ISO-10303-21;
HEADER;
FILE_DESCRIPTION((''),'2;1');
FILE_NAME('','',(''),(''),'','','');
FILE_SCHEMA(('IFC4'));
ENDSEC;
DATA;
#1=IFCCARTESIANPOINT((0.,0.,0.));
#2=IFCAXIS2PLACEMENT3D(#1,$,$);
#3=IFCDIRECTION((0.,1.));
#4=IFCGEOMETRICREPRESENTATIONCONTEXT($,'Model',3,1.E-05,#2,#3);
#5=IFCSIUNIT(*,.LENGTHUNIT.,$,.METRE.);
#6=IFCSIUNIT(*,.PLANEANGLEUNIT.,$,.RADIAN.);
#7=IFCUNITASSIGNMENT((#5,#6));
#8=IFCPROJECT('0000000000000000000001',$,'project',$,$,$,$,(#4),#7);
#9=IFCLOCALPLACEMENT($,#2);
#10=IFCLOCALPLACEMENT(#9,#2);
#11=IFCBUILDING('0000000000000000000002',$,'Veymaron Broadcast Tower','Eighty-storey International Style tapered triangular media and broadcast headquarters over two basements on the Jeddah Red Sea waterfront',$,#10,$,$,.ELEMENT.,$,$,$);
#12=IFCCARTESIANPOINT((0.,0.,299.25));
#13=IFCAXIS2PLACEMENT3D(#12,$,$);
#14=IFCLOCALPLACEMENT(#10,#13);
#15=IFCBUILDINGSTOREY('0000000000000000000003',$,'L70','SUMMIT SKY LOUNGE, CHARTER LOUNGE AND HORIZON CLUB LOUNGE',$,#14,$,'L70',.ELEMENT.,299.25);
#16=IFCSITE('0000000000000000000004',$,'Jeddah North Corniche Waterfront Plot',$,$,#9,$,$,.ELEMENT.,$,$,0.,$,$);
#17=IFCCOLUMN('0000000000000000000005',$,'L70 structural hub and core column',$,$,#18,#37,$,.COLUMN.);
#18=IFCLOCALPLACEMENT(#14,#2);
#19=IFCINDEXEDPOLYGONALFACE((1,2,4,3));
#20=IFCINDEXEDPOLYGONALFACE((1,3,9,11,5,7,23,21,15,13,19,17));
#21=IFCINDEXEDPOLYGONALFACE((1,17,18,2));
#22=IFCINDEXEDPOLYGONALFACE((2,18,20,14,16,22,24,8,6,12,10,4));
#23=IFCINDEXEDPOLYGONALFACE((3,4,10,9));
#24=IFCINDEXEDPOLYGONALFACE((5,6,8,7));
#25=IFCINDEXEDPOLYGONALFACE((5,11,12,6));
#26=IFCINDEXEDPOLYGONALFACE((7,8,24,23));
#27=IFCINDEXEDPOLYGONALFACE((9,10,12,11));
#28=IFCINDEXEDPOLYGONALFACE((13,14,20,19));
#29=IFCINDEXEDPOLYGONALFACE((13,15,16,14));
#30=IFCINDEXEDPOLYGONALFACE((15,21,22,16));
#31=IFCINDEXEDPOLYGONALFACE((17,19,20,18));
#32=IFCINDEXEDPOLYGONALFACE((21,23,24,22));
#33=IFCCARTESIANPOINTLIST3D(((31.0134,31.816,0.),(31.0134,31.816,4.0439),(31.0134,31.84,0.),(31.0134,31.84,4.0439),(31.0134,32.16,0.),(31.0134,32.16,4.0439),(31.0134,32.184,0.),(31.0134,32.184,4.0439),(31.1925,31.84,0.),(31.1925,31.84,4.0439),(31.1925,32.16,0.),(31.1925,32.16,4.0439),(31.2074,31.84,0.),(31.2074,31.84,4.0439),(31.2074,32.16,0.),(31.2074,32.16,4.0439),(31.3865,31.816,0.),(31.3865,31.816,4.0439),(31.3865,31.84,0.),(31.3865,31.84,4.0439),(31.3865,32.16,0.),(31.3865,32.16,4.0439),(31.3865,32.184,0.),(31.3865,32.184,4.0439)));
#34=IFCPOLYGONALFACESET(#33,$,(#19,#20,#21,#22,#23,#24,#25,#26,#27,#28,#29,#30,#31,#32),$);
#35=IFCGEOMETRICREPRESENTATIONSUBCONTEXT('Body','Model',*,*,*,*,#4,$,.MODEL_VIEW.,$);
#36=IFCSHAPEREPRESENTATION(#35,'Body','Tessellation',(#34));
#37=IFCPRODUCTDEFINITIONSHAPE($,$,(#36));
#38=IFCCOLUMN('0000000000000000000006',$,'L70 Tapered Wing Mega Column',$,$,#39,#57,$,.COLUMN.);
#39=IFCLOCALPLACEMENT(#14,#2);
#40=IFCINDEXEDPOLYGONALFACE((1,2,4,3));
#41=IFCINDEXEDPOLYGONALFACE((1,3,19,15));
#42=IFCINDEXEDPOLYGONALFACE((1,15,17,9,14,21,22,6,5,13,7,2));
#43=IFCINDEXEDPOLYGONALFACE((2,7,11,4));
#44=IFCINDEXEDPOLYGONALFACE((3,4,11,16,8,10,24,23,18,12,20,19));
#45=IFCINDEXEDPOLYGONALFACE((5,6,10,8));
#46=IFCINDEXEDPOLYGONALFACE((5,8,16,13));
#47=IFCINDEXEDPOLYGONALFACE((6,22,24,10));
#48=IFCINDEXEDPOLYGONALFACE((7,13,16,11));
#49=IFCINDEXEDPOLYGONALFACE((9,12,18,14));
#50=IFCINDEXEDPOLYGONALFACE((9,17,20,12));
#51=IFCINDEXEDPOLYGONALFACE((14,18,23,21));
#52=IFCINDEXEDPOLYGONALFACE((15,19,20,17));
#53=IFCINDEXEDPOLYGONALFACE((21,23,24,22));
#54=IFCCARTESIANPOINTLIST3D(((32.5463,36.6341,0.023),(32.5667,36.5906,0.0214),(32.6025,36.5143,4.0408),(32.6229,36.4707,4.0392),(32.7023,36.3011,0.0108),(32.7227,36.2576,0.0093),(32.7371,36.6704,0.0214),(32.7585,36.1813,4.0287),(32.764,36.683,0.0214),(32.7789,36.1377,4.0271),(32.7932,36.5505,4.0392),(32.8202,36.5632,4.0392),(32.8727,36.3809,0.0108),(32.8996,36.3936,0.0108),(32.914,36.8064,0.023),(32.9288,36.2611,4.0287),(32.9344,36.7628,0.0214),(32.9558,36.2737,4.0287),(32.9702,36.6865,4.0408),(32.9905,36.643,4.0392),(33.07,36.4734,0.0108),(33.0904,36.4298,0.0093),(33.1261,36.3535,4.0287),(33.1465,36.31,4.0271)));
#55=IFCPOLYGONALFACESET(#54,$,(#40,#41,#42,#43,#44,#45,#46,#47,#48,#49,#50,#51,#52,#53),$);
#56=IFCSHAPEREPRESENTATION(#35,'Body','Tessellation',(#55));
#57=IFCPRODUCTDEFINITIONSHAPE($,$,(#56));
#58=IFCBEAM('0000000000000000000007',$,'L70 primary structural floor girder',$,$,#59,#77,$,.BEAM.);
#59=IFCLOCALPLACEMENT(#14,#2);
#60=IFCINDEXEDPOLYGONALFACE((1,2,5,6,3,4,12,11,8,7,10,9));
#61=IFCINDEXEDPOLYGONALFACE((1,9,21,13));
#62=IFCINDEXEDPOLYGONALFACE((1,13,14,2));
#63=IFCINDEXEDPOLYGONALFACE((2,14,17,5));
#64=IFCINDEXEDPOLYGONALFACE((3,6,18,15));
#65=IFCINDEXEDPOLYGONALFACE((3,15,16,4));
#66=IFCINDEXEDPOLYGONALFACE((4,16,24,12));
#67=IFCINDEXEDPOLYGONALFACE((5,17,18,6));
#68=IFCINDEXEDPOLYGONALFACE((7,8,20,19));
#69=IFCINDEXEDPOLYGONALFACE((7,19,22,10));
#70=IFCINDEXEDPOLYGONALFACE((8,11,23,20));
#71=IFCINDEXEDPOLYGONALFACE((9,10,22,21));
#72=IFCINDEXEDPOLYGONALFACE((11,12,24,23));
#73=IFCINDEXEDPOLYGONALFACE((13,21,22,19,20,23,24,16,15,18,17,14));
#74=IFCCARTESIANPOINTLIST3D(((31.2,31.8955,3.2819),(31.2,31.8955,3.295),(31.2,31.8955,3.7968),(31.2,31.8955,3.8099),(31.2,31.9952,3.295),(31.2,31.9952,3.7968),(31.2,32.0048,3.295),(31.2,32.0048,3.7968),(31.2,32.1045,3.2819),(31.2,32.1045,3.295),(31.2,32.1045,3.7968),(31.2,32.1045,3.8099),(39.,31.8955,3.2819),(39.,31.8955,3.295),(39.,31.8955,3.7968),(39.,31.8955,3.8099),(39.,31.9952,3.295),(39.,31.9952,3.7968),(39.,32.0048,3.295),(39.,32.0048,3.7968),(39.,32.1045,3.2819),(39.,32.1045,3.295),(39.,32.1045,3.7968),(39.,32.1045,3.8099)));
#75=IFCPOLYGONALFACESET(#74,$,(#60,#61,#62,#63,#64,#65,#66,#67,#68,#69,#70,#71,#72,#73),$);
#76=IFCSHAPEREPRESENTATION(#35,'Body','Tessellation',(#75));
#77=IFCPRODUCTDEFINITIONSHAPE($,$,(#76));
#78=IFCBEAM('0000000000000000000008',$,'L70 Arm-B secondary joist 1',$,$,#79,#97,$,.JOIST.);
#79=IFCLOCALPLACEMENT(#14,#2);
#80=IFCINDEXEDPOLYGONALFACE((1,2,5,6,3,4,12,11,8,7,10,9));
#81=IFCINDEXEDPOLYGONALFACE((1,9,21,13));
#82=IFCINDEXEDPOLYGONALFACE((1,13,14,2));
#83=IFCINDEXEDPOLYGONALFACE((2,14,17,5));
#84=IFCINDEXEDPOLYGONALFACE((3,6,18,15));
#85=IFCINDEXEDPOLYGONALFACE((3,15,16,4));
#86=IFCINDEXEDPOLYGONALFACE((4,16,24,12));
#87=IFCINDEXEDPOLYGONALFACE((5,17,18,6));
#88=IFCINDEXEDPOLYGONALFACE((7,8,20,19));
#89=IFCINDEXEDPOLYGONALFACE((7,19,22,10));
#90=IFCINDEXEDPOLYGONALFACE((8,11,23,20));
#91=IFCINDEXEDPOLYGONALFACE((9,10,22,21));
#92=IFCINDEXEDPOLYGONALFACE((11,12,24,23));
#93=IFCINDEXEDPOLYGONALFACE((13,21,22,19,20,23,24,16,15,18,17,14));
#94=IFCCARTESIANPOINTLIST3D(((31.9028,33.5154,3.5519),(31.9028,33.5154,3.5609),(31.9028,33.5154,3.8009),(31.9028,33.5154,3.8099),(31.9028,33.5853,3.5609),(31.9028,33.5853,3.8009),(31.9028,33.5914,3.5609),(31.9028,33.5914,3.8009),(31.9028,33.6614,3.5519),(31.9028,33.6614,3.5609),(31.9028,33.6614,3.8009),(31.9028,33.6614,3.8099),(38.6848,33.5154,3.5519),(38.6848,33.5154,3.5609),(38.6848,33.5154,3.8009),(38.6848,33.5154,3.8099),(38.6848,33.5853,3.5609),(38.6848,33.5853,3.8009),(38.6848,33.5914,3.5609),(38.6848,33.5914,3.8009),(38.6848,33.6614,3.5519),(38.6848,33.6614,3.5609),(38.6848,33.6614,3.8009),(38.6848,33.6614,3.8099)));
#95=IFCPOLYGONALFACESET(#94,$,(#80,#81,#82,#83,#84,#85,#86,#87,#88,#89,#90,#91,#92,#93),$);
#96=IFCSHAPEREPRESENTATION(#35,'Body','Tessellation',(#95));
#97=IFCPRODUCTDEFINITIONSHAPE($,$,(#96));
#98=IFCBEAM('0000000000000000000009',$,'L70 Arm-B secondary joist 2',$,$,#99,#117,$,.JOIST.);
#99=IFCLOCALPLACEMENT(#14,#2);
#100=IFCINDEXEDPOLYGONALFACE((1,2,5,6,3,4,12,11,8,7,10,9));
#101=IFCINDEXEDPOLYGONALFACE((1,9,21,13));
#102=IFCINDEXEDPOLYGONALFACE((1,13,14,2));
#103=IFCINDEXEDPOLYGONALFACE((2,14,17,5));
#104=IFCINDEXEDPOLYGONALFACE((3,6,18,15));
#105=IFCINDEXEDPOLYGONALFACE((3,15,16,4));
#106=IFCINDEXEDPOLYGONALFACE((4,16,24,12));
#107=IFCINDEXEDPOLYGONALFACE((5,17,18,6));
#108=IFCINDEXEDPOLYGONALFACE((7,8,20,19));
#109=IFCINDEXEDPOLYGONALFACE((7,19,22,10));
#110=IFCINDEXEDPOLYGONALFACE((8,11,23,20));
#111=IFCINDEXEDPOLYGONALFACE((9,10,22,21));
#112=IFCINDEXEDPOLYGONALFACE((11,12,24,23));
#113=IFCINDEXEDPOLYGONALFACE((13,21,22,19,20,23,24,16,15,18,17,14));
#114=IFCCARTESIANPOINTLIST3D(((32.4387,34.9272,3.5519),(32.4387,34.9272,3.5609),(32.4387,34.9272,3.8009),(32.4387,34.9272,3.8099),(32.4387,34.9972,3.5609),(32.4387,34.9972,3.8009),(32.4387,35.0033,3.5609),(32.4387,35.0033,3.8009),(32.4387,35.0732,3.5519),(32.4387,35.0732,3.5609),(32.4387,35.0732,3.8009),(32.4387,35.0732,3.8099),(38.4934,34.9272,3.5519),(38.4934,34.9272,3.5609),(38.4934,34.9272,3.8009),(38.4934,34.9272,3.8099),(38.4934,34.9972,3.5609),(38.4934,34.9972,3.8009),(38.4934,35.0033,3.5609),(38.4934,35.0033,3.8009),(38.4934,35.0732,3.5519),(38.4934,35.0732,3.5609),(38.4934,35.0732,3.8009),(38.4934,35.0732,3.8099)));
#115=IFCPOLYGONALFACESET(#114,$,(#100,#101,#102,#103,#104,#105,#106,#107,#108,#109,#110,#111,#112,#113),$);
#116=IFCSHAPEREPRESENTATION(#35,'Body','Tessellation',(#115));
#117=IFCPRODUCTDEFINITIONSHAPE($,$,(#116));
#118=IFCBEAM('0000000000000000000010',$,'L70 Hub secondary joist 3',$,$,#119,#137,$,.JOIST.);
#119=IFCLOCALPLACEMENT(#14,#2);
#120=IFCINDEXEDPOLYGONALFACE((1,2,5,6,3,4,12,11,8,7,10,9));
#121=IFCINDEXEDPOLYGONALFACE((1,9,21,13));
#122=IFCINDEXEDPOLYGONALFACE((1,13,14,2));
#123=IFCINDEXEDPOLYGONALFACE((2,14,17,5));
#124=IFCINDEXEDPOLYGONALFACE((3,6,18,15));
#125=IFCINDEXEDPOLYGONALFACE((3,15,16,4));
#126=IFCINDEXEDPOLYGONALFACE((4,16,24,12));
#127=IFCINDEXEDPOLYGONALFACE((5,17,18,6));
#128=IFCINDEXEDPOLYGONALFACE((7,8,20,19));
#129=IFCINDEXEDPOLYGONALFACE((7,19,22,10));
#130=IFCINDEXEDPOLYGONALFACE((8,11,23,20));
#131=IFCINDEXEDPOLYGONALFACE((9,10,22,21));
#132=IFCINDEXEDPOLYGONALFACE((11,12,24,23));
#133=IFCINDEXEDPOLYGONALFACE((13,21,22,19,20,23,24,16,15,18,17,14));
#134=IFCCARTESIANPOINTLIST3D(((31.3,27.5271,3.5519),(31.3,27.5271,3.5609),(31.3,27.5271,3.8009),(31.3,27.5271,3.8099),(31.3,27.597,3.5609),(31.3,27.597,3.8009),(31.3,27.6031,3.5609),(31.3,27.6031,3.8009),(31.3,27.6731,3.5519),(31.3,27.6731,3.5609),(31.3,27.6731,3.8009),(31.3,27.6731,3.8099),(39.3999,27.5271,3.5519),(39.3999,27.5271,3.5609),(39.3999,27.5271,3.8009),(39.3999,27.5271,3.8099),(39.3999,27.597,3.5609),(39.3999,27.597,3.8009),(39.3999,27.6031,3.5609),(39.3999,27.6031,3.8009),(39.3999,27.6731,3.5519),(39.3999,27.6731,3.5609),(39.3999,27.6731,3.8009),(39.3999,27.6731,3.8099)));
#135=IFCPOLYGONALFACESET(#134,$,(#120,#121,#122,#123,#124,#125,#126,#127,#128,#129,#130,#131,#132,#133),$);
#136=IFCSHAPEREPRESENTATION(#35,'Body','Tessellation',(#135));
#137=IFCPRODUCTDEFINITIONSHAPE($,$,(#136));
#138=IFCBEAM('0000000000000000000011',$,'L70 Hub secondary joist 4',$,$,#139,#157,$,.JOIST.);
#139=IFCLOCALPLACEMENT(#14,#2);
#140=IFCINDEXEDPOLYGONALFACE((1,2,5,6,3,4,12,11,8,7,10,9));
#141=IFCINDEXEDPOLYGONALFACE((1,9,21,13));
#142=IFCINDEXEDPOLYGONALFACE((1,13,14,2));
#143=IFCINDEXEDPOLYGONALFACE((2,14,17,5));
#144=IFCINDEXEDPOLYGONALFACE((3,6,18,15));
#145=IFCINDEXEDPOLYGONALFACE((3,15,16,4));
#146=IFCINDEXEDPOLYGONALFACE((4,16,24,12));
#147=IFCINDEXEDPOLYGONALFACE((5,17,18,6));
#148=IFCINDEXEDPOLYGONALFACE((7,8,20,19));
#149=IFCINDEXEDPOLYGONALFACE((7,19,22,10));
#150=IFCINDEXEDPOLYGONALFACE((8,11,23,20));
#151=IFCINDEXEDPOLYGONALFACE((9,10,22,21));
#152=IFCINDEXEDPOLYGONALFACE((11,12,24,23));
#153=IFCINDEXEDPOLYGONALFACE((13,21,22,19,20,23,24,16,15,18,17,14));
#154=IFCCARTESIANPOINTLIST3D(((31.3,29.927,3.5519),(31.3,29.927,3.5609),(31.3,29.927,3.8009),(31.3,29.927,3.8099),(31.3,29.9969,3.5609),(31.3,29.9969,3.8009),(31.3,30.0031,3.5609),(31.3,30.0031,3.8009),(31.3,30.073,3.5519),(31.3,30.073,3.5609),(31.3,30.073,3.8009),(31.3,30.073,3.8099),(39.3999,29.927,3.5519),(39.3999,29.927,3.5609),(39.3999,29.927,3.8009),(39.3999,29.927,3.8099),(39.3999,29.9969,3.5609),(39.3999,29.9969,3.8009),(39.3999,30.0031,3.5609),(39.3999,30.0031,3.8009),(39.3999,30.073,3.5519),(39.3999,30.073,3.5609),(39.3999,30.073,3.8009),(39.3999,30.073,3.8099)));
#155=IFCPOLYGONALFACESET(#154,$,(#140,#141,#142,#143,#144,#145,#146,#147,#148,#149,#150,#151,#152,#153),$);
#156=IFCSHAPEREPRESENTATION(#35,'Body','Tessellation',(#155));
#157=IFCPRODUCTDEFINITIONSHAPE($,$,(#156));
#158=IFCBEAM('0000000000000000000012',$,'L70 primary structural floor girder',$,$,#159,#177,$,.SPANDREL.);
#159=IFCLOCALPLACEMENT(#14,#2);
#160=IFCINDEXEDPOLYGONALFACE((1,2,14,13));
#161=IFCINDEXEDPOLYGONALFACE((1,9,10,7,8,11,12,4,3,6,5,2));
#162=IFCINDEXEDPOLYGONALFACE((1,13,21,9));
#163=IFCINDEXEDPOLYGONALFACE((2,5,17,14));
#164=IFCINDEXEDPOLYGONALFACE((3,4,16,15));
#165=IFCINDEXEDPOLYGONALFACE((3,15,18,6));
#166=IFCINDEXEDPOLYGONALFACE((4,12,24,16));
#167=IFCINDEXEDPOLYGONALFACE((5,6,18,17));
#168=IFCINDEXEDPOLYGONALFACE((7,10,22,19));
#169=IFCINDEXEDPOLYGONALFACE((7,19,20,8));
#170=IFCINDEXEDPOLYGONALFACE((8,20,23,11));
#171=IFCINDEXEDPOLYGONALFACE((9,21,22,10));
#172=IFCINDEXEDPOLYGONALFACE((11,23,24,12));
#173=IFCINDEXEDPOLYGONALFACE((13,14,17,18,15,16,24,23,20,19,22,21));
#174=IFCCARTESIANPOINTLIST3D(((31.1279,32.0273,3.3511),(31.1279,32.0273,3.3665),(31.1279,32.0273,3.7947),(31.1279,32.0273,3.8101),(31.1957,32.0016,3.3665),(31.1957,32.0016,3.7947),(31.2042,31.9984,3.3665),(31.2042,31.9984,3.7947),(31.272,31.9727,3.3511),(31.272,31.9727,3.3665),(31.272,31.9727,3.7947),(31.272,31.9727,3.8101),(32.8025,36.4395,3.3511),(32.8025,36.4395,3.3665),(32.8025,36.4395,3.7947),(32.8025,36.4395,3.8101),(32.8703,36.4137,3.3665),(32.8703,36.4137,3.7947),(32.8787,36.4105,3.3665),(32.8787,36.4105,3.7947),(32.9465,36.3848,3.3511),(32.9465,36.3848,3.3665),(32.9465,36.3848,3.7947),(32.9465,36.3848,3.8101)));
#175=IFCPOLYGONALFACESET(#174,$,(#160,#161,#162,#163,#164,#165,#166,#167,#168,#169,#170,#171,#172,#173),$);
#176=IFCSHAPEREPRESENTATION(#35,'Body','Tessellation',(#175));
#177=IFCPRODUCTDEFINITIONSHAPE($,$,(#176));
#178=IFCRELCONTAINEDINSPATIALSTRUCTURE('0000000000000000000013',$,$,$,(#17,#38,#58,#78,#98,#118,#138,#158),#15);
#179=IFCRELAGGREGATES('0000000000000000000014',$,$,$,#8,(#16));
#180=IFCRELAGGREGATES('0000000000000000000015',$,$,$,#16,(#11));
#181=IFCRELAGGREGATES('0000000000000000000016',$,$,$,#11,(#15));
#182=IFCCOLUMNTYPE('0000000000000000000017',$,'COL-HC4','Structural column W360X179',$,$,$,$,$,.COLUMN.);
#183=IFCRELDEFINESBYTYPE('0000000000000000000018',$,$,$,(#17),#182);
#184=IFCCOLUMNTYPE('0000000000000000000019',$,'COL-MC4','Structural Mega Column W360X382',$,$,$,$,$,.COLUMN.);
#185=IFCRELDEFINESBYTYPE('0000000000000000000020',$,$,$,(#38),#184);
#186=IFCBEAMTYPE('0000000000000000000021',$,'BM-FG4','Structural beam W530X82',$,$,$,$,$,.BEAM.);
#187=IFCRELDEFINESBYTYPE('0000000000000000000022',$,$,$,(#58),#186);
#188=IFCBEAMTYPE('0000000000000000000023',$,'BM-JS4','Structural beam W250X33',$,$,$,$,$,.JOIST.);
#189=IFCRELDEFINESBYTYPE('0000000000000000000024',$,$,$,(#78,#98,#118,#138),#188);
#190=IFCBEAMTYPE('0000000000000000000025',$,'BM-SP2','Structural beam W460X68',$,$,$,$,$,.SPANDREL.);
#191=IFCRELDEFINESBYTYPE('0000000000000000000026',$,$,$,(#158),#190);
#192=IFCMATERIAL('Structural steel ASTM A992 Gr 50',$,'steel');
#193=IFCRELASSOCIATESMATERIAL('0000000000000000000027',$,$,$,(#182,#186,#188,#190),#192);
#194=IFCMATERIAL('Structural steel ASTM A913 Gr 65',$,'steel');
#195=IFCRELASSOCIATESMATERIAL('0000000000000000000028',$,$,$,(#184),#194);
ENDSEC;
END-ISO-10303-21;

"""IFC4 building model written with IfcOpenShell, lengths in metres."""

from ifc_helpers import new_model, si_unit, direction, frame, origin, origin_2d, place, context, subcontext, project, spatial, i_section, extrude, material, material_profile, profile_set, type_object, element, save


model = new_model("IFC4")

# Units and contexts
model_context = context("Model", 3, precision=1e-05, world=origin(), true_north=direction((0.0, 1.0)))
body_context = subcontext(model_context, "Body", "Model", "MODEL_VIEW")
ifc_project = project(units=[si_unit("LENGTHUNIT", "METRE"), si_unit("PLANEANGLEUNIT", "RADIAN")], contexts=[model_context])

# Site, building, storey
site_placement = place(None, origin())
site = spatial("IfcSite", under=ifc_project, at=site_placement, Name="Jeddah North Corniche Waterfront Plot", CompositionType="ELEMENT", RefElevation=0.0)
building_placement = place(site_placement, origin())
building = spatial("IfcBuilding", under=site, at=building_placement, Name="Veymaron Broadcast Tower", Description="Eighty-storey International Style tapered triangular media and broadcast headquarters over two basements on the Jeddah Red Sea waterfront", CompositionType="ELEMENT")
storey_placement = place(building_placement, frame((0.0, 0.0, 299.25)))
storey = spatial("IfcBuildingStorey", under=building, at=storey_placement, Name="L70", Description="SUMMIT SKY LOUNGE, CHARTER LOUNGE AND HORIZON CLUB LOUNGE", LongName="L70", CompositionType="ELEMENT", Elevation=299.25)

# Columns
ifc_material_1 = material(Name="Structural steel ASTM A992 Gr 50", Category="steel")
ifc_material_profile_1 = material_profile(ifc_material_1, i_section(OverallWidth=0.373, OverallDepth=0.3679, WebThickness=0.0149, FlangeThickness=0.0239, at=origin_2d()), Name="W360X179")
ifc_profile_set_1 = profile_set([ifc_material_profile_1], Name="Structural steel ASTM A992 Gr 50")
column_type_1 = type_object("IfcColumnType", Name="COL-HC4", Description="Structural column W360X179", PredefinedType="COLUMN", material=ifc_profile_set_1)
column_1_placement = place(storey_placement, frame((31.2, 32.0, 0.0), z_axis=(0.0, 0.0, 1.0), x_axis=(1.0, 0.0, 0.0)))
element("IfcColumn", 1, at=column_1_placement, inside=storey, type_object=column_type_1, Name="L70 structural hub and core column", PredefinedType="COLUMN", context=body_context, shape_type="SweptSolid", body=[
    extrude(i_section(OverallWidth=0.373, OverallDepth=0.3679, WebThickness=0.0149, FlangeThickness=0.0239, at=origin_2d()), origin(), (0.0, 0.0, 1.0), 4.0439),
])
ifc_material_2 = material(Name="Structural steel ASTM A913 Gr 65", Category="steel")
ifc_material_profile_2 = material_profile(ifc_material_2, i_section(OverallWidth=0.406, OverallDepth=0.416, WebThickness=0.0298, FlangeThickness=0.0481, at=origin_2d()), Name="W360X382")
ifc_profile_set_2 = profile_set([ifc_material_profile_2], Name="Structural steel ASTM A913 Gr 65")
column_type_2 = type_object("IfcColumnType", Name="COL-MC4", Description="Structural Mega Column W360X382", PredefinedType="COLUMN", material=ifc_profile_set_2)
column_2_placement = place(storey_placement, frame((32.8184, 36.532, 0.0161), z_axis=(0.013968, -0.029819, 0.999458), x_axis=(0.90557, 0.424198, 0.0)))
element("IfcColumn", 2, at=column_2_placement, inside=storey, type_object=column_type_2, Name="L70 Tapered Wing Mega Column", PredefinedType="COLUMN", context=body_context, shape_type="SweptSolid", body=[
    extrude(i_section(OverallWidth=0.406, OverallDepth=0.416, WebThickness=0.0298, FlangeThickness=0.0481, at=origin_2d()), origin(), (0.0, 0.0, 1.0), 4.02),
])

# Beams
ifc_material_profile_3 = material_profile(ifc_material_1, i_section(OverallWidth=0.209, OverallDepth=0.5281, WebThickness=0.0095, FlangeThickness=0.0132, at=origin_2d()), Name="W530X82")
ifc_profile_set_3 = profile_set([ifc_material_profile_3], Name="Structural steel ASTM A992 Gr 50")
beam_type_1 = type_object("IfcBeamType", Name="BM-FG4", Description="Structural beam W530X82", PredefinedType="BEAM", material=ifc_profile_set_3)
beam_1_placement = place(storey_placement, frame((31.2, 32.0, 3.5459), z_axis=(1.0, 0.0, 0.0), x_axis=(0.0, 1.0, 0.0)))
element("IfcBeam", 3, at=beam_1_placement, inside=storey, type_object=beam_type_1, Name="L70 primary structural floor girder", PredefinedType="BEAM", context=body_context, shape_type="SweptSolid", body=[
    extrude(i_section(OverallWidth=0.209, OverallDepth=0.5281, WebThickness=0.0095, FlangeThickness=0.0132, at=origin_2d()), origin(), (0.0, 0.0, 1.0), 7.8),
])
ifc_material_profile_4 = material_profile(ifc_material_1, i_section(OverallWidth=0.146, OverallDepth=0.2581, WebThickness=0.0061, FlangeThickness=0.009, at=origin_2d()), Name="W250X33")
ifc_profile_set_4 = profile_set([ifc_material_profile_4], Name="Structural steel ASTM A992 Gr 50")
beam_type_2 = type_object("IfcBeamType", Name="BM-JS4", Description="Structural beam W250X33", PredefinedType="JOIST", material=ifc_profile_set_4)
beam_2_placement = place(storey_placement, frame((31.9028, 33.5884, 3.6809), z_axis=(1.0, 0.0, 0.0), x_axis=(0.0, 1.0, 0.0)))
element("IfcBeam", 4, at=beam_2_placement, inside=storey, type_object=beam_type_2, Name="L70 Arm-B secondary joist 1", PredefinedType="JOIST", context=body_context, shape_type="SweptSolid", body=[
    extrude(i_section(OverallWidth=0.146, OverallDepth=0.2581, WebThickness=0.0061, FlangeThickness=0.009, at=origin_2d()), origin(), (0.0, 0.0, 1.0), 6.782),
])
beam_3_placement = place(storey_placement, frame((32.4387, 35.0002, 3.6809), z_axis=(1.0, 0.0, 0.0), x_axis=(0.0, 1.0, 0.0)))
element("IfcBeam", 5, at=beam_3_placement, inside=storey, type_object=beam_type_2, Name="L70 Arm-B secondary joist 2", PredefinedType="JOIST", context=body_context, shape_type="SweptSolid", body=[
    extrude(i_section(OverallWidth=0.146, OverallDepth=0.2581, WebThickness=0.0061, FlangeThickness=0.009, at=origin_2d()), origin(), (0.0, 0.0, 1.0), 6.0547),
])
for number, where, z_axis, x_axis, name in (
    (6, (31.3, 27.6001, 3.6809), (1.0, 0.0, 0.0), (0.0, 1.0, 0.0), "L70 Hub secondary joist 3"),
    (7, (31.3, 30.0, 3.6809), (1.0, 0.0, 0.0), (0.0, 1.0, 0.0), "L70 Hub secondary joist 4"),
):
    element("IfcBeam", number, at=place(storey_placement, frame(where, z_axis=z_axis, x_axis=x_axis)), inside=storey, type_object=beam_type_2, Name=name, PredefinedType="JOIST", context=body_context, shape_type="SweptSolid", body=[
        extrude(i_section(OverallWidth=0.146, OverallDepth=0.2581, WebThickness=0.0061, FlangeThickness=0.009, at=origin_2d()), origin(), (0.0, 0.0, 1.0), 8.0999),
    ])
ifc_material_profile_5 = material_profile(ifc_material_1, i_section(OverallWidth=0.1541, OverallDepth=0.459, WebThickness=0.009, FlangeThickness=0.0154, at=origin_2d()), Name="W460X68")
ifc_profile_set_5 = profile_set([ifc_material_profile_5], Name="Structural steel ASTM A992 Gr 50")
beam_type_3 = type_object("IfcBeamType", Name="BM-SP2", Description="Structural beam W460X68", PredefinedType="SPANDREL", material=ifc_profile_set_5)
beam_4_placement = place(storey_placement, frame((31.2, 32.0, 3.5806), z_axis=(0.35484, 0.934927, 0.0), x_axis=(-0.934927, 0.35484, 0.0)))
element("IfcBeam", 8, at=beam_4_placement, inside=storey, type_object=beam_type_3, Name="L70 primary structural floor girder", PredefinedType="SPANDREL", context=body_context, shape_type="SweptSolid", body=[
    extrude(i_section(OverallWidth=0.1541, OverallDepth=0.459, WebThickness=0.009, FlangeThickness=0.0154, at=origin_2d()), origin(), (0.0, 0.0, 1.0), 4.7192),
])

save(model, "model.ifc")
